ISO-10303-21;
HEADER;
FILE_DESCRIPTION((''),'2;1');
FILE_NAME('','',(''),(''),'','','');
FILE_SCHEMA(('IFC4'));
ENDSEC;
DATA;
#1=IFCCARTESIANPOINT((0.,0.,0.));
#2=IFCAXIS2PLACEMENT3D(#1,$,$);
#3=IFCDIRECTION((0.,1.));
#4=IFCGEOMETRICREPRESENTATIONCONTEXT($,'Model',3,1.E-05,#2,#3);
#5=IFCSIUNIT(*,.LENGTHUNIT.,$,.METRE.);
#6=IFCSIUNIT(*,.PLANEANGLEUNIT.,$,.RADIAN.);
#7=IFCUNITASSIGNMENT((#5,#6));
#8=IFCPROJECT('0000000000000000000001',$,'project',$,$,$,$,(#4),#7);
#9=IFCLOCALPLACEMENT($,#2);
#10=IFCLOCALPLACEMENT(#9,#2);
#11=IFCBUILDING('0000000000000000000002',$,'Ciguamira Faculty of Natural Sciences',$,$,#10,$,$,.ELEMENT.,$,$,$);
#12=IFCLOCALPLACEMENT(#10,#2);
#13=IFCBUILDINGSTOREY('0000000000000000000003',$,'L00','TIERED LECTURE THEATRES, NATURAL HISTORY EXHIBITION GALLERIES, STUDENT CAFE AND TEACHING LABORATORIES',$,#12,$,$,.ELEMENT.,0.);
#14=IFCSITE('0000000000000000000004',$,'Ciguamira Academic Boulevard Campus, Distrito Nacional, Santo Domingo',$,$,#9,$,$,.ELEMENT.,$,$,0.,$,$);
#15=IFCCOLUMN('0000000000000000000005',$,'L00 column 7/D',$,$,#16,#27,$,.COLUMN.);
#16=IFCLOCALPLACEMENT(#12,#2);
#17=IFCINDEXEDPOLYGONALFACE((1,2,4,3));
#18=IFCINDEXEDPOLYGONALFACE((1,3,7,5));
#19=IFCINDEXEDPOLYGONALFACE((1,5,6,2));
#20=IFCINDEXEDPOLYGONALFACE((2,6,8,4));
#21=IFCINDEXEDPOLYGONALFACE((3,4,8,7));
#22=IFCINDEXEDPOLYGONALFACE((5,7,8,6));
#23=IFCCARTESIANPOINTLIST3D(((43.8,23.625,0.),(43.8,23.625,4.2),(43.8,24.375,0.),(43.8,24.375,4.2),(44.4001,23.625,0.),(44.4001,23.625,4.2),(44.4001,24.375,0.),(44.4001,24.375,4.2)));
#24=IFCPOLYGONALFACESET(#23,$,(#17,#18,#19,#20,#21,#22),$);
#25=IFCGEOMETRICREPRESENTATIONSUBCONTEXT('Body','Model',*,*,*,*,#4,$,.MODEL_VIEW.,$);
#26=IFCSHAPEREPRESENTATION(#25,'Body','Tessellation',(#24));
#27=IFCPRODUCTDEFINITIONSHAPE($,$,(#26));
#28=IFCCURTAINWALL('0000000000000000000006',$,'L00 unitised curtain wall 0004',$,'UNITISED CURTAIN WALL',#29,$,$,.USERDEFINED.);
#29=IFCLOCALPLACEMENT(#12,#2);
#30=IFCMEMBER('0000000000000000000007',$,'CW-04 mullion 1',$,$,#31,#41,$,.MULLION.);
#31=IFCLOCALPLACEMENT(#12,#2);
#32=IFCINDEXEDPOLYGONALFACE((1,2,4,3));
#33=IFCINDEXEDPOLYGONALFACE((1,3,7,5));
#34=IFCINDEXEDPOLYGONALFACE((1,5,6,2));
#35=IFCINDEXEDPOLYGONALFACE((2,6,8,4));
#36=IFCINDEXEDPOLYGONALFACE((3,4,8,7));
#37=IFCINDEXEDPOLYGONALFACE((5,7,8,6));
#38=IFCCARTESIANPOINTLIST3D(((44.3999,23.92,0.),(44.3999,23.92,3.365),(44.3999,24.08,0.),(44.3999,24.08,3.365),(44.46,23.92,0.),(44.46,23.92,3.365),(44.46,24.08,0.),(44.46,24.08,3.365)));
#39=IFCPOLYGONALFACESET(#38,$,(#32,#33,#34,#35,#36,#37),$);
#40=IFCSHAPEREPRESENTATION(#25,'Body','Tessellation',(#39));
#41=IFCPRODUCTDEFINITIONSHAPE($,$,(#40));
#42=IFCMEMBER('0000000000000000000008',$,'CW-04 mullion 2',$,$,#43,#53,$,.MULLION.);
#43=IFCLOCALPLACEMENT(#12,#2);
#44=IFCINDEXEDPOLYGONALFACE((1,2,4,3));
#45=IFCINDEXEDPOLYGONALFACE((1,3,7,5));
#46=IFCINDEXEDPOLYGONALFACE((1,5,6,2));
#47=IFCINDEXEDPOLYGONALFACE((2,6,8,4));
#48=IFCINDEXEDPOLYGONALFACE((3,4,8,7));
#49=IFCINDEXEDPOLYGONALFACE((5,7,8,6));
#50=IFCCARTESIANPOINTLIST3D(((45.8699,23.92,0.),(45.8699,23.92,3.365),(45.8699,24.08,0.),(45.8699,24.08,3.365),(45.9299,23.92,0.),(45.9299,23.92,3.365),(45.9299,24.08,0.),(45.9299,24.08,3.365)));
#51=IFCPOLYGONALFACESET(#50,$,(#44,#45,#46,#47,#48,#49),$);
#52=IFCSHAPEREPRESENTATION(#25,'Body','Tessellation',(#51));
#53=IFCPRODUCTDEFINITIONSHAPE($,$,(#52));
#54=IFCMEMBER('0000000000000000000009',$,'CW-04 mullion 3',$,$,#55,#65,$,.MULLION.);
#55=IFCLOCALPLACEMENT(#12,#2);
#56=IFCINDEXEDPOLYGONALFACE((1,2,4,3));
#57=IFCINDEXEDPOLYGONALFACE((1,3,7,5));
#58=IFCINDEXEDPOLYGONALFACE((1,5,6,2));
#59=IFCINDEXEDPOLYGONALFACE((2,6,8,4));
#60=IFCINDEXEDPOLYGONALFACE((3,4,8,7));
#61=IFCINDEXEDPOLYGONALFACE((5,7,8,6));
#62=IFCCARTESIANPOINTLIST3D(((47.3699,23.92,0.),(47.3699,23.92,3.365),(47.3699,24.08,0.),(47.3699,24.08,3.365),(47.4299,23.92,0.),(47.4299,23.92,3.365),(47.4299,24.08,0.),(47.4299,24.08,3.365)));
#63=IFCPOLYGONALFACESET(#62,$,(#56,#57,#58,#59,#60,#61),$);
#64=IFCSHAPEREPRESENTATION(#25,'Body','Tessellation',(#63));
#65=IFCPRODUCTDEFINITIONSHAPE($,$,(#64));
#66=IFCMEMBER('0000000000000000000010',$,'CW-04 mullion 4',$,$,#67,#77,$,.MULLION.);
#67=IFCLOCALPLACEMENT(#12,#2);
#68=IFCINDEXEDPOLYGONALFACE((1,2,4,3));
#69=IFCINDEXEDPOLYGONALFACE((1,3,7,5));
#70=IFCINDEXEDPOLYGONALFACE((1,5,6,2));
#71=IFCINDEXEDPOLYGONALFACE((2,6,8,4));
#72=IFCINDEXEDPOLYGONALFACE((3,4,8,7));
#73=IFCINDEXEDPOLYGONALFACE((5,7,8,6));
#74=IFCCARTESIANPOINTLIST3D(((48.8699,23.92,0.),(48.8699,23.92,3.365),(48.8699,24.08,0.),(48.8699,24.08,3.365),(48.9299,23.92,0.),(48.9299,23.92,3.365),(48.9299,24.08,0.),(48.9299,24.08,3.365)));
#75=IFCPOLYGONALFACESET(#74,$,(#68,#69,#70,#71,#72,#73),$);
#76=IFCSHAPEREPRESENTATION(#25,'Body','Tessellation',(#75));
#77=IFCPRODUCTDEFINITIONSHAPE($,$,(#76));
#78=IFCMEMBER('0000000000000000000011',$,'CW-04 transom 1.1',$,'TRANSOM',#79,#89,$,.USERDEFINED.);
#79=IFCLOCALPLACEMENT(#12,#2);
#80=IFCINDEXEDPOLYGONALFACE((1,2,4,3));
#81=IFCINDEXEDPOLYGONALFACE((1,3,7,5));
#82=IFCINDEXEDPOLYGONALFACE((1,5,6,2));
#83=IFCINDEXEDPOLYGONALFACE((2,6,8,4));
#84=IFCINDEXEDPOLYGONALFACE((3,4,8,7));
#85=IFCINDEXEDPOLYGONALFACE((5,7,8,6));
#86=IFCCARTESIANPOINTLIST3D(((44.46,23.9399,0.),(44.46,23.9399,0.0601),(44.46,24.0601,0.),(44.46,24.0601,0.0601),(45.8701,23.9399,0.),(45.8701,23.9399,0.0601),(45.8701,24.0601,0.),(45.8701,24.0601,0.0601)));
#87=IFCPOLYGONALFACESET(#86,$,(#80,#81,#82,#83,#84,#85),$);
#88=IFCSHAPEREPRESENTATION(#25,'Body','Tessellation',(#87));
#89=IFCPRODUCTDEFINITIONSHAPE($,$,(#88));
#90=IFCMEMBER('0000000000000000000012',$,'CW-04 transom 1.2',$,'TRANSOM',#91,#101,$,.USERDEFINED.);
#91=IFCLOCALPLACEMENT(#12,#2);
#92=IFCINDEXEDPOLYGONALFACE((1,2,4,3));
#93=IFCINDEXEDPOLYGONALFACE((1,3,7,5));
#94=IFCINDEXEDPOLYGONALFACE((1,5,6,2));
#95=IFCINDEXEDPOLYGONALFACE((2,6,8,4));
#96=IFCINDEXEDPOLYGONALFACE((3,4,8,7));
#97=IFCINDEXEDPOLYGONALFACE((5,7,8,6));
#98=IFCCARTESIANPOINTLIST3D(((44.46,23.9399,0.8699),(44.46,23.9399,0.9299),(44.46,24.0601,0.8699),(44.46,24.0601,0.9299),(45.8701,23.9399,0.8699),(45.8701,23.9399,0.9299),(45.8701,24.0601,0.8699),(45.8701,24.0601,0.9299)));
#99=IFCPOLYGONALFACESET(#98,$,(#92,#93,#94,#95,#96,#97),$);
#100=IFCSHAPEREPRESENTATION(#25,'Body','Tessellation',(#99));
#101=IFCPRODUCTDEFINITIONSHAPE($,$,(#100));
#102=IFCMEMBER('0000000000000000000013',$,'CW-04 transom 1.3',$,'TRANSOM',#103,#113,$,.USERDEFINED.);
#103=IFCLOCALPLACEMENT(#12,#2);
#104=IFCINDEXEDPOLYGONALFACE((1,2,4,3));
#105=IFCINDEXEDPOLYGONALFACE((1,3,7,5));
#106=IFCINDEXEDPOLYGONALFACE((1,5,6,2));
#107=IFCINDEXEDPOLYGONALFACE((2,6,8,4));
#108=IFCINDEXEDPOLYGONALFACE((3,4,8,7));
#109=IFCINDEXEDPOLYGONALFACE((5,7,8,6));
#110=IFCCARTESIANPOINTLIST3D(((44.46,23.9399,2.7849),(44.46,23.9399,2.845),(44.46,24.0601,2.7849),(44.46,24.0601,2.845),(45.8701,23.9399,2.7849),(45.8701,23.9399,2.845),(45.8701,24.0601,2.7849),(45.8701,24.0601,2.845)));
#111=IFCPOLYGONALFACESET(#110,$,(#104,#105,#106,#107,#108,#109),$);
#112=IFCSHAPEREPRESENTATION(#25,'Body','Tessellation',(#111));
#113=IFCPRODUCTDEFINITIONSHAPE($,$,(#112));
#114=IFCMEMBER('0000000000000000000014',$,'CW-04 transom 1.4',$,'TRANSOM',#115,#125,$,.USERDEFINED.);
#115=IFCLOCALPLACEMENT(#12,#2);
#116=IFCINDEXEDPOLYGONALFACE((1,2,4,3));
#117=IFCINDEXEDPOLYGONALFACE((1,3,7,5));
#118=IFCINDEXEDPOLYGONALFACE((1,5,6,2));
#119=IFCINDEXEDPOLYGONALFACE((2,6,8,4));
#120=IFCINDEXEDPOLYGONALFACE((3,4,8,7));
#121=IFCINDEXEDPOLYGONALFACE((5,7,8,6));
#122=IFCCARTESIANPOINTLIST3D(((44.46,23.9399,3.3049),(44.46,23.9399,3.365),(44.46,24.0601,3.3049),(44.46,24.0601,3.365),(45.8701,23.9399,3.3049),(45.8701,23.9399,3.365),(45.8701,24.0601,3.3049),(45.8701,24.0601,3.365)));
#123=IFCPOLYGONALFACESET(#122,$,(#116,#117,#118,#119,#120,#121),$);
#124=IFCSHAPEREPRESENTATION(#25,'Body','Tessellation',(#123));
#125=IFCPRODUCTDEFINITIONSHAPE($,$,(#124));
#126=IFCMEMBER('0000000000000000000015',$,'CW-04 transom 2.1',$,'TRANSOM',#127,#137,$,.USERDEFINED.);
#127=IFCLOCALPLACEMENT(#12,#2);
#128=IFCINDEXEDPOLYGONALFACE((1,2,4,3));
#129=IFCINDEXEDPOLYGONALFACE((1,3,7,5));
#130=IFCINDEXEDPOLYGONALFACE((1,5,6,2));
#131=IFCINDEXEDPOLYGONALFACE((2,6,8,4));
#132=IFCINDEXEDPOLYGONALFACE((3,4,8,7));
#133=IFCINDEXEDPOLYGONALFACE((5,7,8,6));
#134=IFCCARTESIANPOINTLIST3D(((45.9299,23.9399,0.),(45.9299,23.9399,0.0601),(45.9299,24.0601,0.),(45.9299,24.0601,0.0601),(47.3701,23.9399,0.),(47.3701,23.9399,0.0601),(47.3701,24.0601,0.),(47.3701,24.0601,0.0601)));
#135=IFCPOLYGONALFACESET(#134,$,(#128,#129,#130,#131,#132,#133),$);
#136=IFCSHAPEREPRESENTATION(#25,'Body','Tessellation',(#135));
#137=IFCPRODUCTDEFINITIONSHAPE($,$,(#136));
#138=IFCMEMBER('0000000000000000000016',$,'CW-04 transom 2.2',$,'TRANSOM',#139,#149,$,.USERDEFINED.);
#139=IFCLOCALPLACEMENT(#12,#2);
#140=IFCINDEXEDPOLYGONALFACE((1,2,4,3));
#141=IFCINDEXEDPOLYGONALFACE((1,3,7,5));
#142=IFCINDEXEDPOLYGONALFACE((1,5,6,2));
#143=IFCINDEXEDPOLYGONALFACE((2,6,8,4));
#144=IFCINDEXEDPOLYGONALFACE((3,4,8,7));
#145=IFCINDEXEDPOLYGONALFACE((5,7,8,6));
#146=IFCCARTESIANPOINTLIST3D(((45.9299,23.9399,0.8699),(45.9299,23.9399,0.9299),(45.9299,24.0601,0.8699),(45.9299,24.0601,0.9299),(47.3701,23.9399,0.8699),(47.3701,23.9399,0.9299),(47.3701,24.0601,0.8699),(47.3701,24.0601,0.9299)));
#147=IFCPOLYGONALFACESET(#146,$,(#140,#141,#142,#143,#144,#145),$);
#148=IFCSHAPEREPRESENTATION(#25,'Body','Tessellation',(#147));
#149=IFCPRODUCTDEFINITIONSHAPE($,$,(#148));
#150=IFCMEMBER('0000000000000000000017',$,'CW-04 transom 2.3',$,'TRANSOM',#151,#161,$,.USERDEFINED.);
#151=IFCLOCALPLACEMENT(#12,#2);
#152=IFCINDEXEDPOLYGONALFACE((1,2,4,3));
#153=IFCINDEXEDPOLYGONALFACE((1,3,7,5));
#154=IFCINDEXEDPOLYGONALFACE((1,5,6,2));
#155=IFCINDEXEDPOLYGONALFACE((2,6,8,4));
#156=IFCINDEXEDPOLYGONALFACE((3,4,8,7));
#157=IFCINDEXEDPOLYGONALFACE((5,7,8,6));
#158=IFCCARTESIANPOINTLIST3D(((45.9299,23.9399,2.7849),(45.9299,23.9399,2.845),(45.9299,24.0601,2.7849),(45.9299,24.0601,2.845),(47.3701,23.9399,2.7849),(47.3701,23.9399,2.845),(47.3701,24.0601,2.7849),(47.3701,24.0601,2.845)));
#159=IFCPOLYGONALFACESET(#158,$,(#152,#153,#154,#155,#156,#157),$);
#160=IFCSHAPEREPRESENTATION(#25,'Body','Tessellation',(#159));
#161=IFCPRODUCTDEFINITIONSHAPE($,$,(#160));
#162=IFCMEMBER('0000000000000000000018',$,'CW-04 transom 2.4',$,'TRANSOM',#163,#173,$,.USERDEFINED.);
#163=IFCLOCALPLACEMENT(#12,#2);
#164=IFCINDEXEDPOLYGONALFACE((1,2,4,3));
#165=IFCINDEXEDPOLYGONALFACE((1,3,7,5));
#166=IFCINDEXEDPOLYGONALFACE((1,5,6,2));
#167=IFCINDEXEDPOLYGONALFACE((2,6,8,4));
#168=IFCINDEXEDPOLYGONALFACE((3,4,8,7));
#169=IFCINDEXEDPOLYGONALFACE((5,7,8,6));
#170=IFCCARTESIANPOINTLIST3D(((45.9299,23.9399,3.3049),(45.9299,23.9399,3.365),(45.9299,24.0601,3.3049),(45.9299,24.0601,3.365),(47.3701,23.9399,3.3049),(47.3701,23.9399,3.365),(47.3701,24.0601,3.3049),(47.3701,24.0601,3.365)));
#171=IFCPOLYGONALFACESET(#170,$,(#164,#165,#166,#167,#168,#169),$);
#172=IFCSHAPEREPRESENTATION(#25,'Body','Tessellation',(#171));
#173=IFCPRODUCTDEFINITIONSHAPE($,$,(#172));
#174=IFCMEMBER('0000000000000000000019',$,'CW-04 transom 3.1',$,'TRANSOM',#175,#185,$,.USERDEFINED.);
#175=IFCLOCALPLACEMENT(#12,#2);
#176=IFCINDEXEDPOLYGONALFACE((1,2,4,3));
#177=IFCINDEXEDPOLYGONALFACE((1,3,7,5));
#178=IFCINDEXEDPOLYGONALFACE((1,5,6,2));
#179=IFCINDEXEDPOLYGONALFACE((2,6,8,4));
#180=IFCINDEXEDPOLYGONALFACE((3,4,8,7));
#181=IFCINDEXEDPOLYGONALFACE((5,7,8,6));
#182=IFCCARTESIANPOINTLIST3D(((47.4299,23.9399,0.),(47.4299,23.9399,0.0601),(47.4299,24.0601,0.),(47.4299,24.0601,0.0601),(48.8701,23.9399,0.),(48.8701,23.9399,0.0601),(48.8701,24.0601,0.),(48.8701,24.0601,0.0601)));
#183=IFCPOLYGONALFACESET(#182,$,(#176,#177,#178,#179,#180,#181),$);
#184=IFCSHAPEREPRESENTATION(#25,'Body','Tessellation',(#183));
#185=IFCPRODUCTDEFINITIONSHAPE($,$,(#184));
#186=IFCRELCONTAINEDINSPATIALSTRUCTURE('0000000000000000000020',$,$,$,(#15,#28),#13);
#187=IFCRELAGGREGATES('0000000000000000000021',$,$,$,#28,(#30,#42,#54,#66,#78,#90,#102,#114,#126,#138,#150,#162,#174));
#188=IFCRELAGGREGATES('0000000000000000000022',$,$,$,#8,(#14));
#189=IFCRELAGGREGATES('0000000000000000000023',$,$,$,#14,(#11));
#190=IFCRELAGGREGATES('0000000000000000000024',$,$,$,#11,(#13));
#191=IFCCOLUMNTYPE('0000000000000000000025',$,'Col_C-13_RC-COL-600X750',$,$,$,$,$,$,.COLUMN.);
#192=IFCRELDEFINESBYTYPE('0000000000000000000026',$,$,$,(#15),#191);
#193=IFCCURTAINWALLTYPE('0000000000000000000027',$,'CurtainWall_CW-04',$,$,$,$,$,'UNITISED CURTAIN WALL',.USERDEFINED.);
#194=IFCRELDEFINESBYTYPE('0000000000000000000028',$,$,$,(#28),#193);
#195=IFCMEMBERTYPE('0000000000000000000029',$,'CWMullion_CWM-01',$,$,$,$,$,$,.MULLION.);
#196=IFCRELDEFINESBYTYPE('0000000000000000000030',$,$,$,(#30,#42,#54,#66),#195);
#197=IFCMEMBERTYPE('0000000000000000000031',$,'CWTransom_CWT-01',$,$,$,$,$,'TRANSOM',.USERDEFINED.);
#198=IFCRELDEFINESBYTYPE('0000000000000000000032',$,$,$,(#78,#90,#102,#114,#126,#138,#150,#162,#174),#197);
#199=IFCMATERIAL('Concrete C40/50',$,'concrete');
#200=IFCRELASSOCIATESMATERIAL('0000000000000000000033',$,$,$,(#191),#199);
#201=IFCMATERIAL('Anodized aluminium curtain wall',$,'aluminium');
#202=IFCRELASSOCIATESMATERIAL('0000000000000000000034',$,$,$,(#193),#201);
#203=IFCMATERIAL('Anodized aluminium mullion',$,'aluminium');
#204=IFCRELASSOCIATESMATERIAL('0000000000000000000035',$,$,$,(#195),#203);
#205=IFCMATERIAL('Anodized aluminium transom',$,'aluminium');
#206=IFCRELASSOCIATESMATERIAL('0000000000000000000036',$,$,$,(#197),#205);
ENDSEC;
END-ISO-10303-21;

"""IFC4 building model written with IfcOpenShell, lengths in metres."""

from ifc_helpers import new_model, si_unit, direction, frame, origin, origin_2d, place, context, subcontext, project, spatial, rectangle, extrude, material, material_profile, profile_set, type_object, element, aggregate, save


model = new_model("IFC4")

# Units and contexts
model_context = context("Model", 3, precision=1e-05, world=origin(), true_north=direction((0.0, 1.0)))
body_context = subcontext(model_context, "Body", "Model", "MODEL_VIEW")
ifc_project = project(units=[si_unit("LENGTHUNIT", "METRE"), si_unit("PLANEANGLEUNIT", "RADIAN")], contexts=[model_context])

# Site, building, storey
site_placement = place(None, origin())
site = spatial("IfcSite", under=ifc_project, at=site_placement, Name="Ciguamira Academic Boulevard Campus, Distrito Nacional, Santo Domingo", CompositionType="ELEMENT", RefElevation=0.0)
building_placement = place(site_placement, origin())
building = spatial("IfcBuilding", under=site, at=building_placement, Name="Ciguamira Faculty of Natural Sciences", CompositionType="ELEMENT")
storey_placement = place(building_placement, origin())
storey = spatial("IfcBuildingStorey", under=building, at=storey_placement, Name="L00", Description="TIERED LECTURE THEATRES, NATURAL HISTORY EXHIBITION GALLERIES, STUDENT CAFE AND TEACHING LABORATORIES", CompositionType="ELEMENT", Elevation=0.0)

# Column
ifc_material_1 = material(Name="Concrete C40/50", Category="concrete")
ifc_material_profile_1 = material_profile(ifc_material_1, rectangle(XDim=0.6001, YDim=0.75, at=origin_2d()), Name="RC-COL-600X750")
ifc_profile_set_1 = profile_set([ifc_material_profile_1], Name="Concrete C40/50")
column_type = type_object("IfcColumnType", Name="Col_C-13_RC-COL-600X750", PredefinedType="COLUMN", material=ifc_profile_set_1)
column_placement = place(storey_placement, frame((44.1001, 24.0, 0.0), z_axis=(0.0, 0.0, 1.0), x_axis=(1.0, 0.0, 0.0)))
element("IfcColumn", 1, at=column_placement, inside=storey, type_object=column_type, Name="L00 column 7/D", PredefinedType="COLUMN", context=body_context, shape_type="SweptSolid", body=[
    extrude(rectangle(XDim=0.6001, YDim=0.75, at=origin_2d()), origin(), (0.0, 0.0, 1.0), 4.2),
])

# Curtain wall, members
ifc_material_2 = material(Name="Anodized aluminium curtain wall", Category="aluminium")
curtain_wall_type = type_object("IfcCurtainWallType", Name="CurtainWall_CW-04", ElementType="UNITISED CURTAIN WALL", PredefinedType="USERDEFINED", material=ifc_material_2)
curtain_wall_placement = place(storey_placement, origin())
curtain_wall = element("IfcCurtainWall", 2, at=curtain_wall_placement, inside=storey, type_object=curtain_wall_type, Name="L00 unitised curtain wall 0004", ObjectType="UNITISED CURTAIN WALL", PredefinedType="USERDEFINED")
ifc_material_3 = material(Name="Anodized aluminium mullion", Category="aluminium")
ifc_material_profile_2 = material_profile(ifc_material_3, rectangle(XDim=0.0601, YDim=0.1599, at=origin_2d()), Name="ALU-MUL-60X160")
ifc_profile_set_2 = profile_set([ifc_material_profile_2], Name="Anodized aluminium mullion")
member_type_1 = type_object("IfcMemberType", Name="CWMullion_CWM-01", PredefinedType="MULLION", material=ifc_profile_set_2)
member_1_placement = place(storey_placement, frame((44.4299, 24.0, 0.0), z_axis=(0.0, 0.0, 1.0), x_axis=(1.0, 0.0, 0.0)))
member_1 = element("IfcMember", 3, at=member_1_placement, type_object=member_type_1, Name="CW-04 mullion 1", PredefinedType="MULLION", context=body_context, shape_type="SweptSolid", body=[
    extrude(rectangle(XDim=0.0601, YDim=0.1599, at=origin_2d()), origin(), (0.0, 0.0, 1.0), 3.365),
])
member_2_placement = place(storey_placement, frame((45.8999, 24.0, 0.0), z_axis=(0.0, 0.0, 1.0), x_axis=(1.0, 0.0, 0.0)))
member_2 = element("IfcMember", 4, at=member_2_placement, type_object=member_type_1, Name="CW-04 mullion 2", PredefinedType="MULLION", context=body_context, shape_type="SweptSolid", body=[
    extrude(rectangle(XDim=0.0601, YDim=0.1599, at=origin_2d()), origin(), (0.0, 0.0, 1.0), 3.365),
])
member_3_placement = place(storey_placement, frame((47.3999, 24.0, 0.0), z_axis=(0.0, 0.0, 1.0), x_axis=(1.0, 0.0, 0.0)))
member_3 = element("IfcMember", 5, at=member_3_placement, type_object=member_type_1, Name="CW-04 mullion 3", PredefinedType="MULLION", context=body_context, shape_type="SweptSolid", body=[
    extrude(rectangle(XDim=0.0601, YDim=0.1599, at=origin_2d()), origin(), (0.0, 0.0, 1.0), 3.365),
])
member_4_placement = place(storey_placement, frame((48.8999, 24.0, 0.0), z_axis=(0.0, 0.0, 1.0), x_axis=(1.0, 0.0, 0.0)))
member_4 = element("IfcMember", 6, at=member_4_placement, type_object=member_type_1, Name="CW-04 mullion 4", PredefinedType="MULLION", context=body_context, shape_type="SweptSolid", body=[
    extrude(rectangle(XDim=0.0601, YDim=0.1599, at=origin_2d()), origin(), (0.0, 0.0, 1.0), 3.365),
])
ifc_material_4 = material(Name="Anodized aluminium transom", Category="aluminium")
ifc_material_profile_3 = material_profile(ifc_material_4, rectangle(XDim=0.0601, YDim=0.1201, at=origin_2d()), Name="ALU-TRN-60X120")
ifc_profile_set_3 = profile_set([ifc_material_profile_3], Name="Anodized aluminium transom")
member_type_2 = type_object("IfcMemberType", Name="CWTransom_CWT-01", ElementType="TRANSOM", PredefinedType="USERDEFINED", material=ifc_profile_set_3)
member_5_placement = place(storey_placement, frame((44.46, 24.0, 0.03), z_axis=(1.0, 0.0, 0.0), x_axis=(0.0, 0.0, 1.0)))
member_5 = element("IfcMember", 7, at=member_5_placement, type_object=member_type_2, Name="CW-04 transom 1.1", ObjectType="TRANSOM", PredefinedType="USERDEFINED", context=body_context, shape_type="SweptSolid", body=[
    extrude(rectangle(XDim=0.0601, YDim=0.1201, at=origin_2d()), origin(), (0.0, 0.0, 1.0), 1.4102),
])
member_6_placement = place(storey_placement, frame((44.46, 24.0, 0.8999), z_axis=(1.0, 0.0, 0.0), x_axis=(0.0, 0.0, 1.0)))
member_6 = element("IfcMember", 8, at=member_6_placement, type_object=member_type_2, Name="CW-04 transom 1.2", ObjectType="TRANSOM", PredefinedType="USERDEFINED", context=body_context, shape_type="SweptSolid", body=[
    extrude(rectangle(XDim=0.0601, YDim=0.1201, at=origin_2d()), origin(), (0.0, 0.0, 1.0), 1.4102),
])
member_7_placement = place(storey_placement, frame((44.46, 24.0, 2.8149), z_axis=(1.0, 0.0, 0.0), x_axis=(0.0, 0.0, 1.0)))
member_7 = element("IfcMember", 9, at=member_7_placement, type_object=member_type_2, Name="CW-04 transom 1.3", ObjectType="TRANSOM", PredefinedType="USERDEFINED", context=body_context, shape_type="SweptSolid", body=[
    extrude(rectangle(XDim=0.0601, YDim=0.1201, at=origin_2d()), origin(), (0.0, 0.0, 1.0), 1.4102),
])
member_8_placement = place(storey_placement, frame((44.46, 24.0, 3.335), z_axis=(1.0, 0.0, 0.0), x_axis=(0.0, 0.0, 1.0)))
member_8 = element("IfcMember", 10, at=member_8_placement, type_object=member_type_2, Name="CW-04 transom 1.4", ObjectType="TRANSOM", PredefinedType="USERDEFINED", context=body_context, shape_type="SweptSolid", body=[
    extrude(rectangle(XDim=0.0601, YDim=0.1201, at=origin_2d()), origin(), (0.0, 0.0, 1.0), 1.4102),
])
member_9_placement = place(storey_placement, frame((45.9299, 24.0, 0.03), z_axis=(1.0, 0.0, 0.0), x_axis=(0.0, 0.0, 1.0)))
member_9 = element("IfcMember", 11, at=member_9_placement, type_object=member_type_2, Name="CW-04 transom 2.1", ObjectType="TRANSOM", PredefinedType="USERDEFINED", context=body_context, shape_type="SweptSolid", body=[
    extrude(rectangle(XDim=0.0601, YDim=0.1201, at=origin_2d()), origin(), (0.0, 0.0, 1.0), 1.4402),
])
member_10_placement = place(storey_placement, frame((45.9299, 24.0, 0.8999), z_axis=(1.0, 0.0, 0.0), x_axis=(0.0, 0.0, 1.0)))
member_10 = element("IfcMember", 12, at=member_10_placement, type_object=member_type_2, Name="CW-04 transom 2.2", ObjectType="TRANSOM", PredefinedType="USERDEFINED", context=body_context, shape_type="SweptSolid", body=[
    extrude(rectangle(XDim=0.0601, YDim=0.1201, at=origin_2d()), origin(), (0.0, 0.0, 1.0), 1.4402),
])
member_11_placement = place(storey_placement, frame((45.9299, 24.0, 2.8149), z_axis=(1.0, 0.0, 0.0), x_axis=(0.0, 0.0, 1.0)))
member_11 = element("IfcMember", 13, at=member_11_placement, type_object=member_type_2, Name="CW-04 transom 2.3", ObjectType="TRANSOM", PredefinedType="USERDEFINED", context=body_context, shape_type="SweptSolid", body=[
    extrude(rectangle(XDim=0.0601, YDim=0.1201, at=origin_2d()), origin(), (0.0, 0.0, 1.0), 1.4402),
])
member_12_placement = place(storey_placement, frame((45.9299, 24.0, 3.335), z_axis=(1.0, 0.0, 0.0), x_axis=(0.0, 0.0, 1.0)))
member_12 = element("IfcMember", 14, at=member_12_placement, type_object=member_type_2, Name="CW-04 transom 2.4", ObjectType="TRANSOM", PredefinedType="USERDEFINED", context=body_context, shape_type="SweptSolid", body=[
    extrude(rectangle(XDim=0.0601, YDim=0.1201, at=origin_2d()), origin(), (0.0, 0.0, 1.0), 1.4402),
])
member_13_placement = place(storey_placement, frame((47.4299, 24.0, 0.03), z_axis=(1.0, 0.0, 0.0), x_axis=(0.0, 0.0, 1.0)))
member_13 = element("IfcMember", 15, at=member_13_placement, type_object=member_type_2, Name="CW-04 transom 3.1", ObjectType="TRANSOM", PredefinedType="USERDEFINED", context=body_context, shape_type="SweptSolid", body=[
    extrude(rectangle(XDim=0.0601, YDim=0.1201, at=origin_2d()), origin(), (0.0, 0.0, 1.0), 1.4402),
])

aggregate(curtain_wall, [member_1, member_2, member_3, member_4, member_5, member_6, member_7, member_8, member_9, member_10, member_11, member_12, member_13])

save(model, "model.ifc")
